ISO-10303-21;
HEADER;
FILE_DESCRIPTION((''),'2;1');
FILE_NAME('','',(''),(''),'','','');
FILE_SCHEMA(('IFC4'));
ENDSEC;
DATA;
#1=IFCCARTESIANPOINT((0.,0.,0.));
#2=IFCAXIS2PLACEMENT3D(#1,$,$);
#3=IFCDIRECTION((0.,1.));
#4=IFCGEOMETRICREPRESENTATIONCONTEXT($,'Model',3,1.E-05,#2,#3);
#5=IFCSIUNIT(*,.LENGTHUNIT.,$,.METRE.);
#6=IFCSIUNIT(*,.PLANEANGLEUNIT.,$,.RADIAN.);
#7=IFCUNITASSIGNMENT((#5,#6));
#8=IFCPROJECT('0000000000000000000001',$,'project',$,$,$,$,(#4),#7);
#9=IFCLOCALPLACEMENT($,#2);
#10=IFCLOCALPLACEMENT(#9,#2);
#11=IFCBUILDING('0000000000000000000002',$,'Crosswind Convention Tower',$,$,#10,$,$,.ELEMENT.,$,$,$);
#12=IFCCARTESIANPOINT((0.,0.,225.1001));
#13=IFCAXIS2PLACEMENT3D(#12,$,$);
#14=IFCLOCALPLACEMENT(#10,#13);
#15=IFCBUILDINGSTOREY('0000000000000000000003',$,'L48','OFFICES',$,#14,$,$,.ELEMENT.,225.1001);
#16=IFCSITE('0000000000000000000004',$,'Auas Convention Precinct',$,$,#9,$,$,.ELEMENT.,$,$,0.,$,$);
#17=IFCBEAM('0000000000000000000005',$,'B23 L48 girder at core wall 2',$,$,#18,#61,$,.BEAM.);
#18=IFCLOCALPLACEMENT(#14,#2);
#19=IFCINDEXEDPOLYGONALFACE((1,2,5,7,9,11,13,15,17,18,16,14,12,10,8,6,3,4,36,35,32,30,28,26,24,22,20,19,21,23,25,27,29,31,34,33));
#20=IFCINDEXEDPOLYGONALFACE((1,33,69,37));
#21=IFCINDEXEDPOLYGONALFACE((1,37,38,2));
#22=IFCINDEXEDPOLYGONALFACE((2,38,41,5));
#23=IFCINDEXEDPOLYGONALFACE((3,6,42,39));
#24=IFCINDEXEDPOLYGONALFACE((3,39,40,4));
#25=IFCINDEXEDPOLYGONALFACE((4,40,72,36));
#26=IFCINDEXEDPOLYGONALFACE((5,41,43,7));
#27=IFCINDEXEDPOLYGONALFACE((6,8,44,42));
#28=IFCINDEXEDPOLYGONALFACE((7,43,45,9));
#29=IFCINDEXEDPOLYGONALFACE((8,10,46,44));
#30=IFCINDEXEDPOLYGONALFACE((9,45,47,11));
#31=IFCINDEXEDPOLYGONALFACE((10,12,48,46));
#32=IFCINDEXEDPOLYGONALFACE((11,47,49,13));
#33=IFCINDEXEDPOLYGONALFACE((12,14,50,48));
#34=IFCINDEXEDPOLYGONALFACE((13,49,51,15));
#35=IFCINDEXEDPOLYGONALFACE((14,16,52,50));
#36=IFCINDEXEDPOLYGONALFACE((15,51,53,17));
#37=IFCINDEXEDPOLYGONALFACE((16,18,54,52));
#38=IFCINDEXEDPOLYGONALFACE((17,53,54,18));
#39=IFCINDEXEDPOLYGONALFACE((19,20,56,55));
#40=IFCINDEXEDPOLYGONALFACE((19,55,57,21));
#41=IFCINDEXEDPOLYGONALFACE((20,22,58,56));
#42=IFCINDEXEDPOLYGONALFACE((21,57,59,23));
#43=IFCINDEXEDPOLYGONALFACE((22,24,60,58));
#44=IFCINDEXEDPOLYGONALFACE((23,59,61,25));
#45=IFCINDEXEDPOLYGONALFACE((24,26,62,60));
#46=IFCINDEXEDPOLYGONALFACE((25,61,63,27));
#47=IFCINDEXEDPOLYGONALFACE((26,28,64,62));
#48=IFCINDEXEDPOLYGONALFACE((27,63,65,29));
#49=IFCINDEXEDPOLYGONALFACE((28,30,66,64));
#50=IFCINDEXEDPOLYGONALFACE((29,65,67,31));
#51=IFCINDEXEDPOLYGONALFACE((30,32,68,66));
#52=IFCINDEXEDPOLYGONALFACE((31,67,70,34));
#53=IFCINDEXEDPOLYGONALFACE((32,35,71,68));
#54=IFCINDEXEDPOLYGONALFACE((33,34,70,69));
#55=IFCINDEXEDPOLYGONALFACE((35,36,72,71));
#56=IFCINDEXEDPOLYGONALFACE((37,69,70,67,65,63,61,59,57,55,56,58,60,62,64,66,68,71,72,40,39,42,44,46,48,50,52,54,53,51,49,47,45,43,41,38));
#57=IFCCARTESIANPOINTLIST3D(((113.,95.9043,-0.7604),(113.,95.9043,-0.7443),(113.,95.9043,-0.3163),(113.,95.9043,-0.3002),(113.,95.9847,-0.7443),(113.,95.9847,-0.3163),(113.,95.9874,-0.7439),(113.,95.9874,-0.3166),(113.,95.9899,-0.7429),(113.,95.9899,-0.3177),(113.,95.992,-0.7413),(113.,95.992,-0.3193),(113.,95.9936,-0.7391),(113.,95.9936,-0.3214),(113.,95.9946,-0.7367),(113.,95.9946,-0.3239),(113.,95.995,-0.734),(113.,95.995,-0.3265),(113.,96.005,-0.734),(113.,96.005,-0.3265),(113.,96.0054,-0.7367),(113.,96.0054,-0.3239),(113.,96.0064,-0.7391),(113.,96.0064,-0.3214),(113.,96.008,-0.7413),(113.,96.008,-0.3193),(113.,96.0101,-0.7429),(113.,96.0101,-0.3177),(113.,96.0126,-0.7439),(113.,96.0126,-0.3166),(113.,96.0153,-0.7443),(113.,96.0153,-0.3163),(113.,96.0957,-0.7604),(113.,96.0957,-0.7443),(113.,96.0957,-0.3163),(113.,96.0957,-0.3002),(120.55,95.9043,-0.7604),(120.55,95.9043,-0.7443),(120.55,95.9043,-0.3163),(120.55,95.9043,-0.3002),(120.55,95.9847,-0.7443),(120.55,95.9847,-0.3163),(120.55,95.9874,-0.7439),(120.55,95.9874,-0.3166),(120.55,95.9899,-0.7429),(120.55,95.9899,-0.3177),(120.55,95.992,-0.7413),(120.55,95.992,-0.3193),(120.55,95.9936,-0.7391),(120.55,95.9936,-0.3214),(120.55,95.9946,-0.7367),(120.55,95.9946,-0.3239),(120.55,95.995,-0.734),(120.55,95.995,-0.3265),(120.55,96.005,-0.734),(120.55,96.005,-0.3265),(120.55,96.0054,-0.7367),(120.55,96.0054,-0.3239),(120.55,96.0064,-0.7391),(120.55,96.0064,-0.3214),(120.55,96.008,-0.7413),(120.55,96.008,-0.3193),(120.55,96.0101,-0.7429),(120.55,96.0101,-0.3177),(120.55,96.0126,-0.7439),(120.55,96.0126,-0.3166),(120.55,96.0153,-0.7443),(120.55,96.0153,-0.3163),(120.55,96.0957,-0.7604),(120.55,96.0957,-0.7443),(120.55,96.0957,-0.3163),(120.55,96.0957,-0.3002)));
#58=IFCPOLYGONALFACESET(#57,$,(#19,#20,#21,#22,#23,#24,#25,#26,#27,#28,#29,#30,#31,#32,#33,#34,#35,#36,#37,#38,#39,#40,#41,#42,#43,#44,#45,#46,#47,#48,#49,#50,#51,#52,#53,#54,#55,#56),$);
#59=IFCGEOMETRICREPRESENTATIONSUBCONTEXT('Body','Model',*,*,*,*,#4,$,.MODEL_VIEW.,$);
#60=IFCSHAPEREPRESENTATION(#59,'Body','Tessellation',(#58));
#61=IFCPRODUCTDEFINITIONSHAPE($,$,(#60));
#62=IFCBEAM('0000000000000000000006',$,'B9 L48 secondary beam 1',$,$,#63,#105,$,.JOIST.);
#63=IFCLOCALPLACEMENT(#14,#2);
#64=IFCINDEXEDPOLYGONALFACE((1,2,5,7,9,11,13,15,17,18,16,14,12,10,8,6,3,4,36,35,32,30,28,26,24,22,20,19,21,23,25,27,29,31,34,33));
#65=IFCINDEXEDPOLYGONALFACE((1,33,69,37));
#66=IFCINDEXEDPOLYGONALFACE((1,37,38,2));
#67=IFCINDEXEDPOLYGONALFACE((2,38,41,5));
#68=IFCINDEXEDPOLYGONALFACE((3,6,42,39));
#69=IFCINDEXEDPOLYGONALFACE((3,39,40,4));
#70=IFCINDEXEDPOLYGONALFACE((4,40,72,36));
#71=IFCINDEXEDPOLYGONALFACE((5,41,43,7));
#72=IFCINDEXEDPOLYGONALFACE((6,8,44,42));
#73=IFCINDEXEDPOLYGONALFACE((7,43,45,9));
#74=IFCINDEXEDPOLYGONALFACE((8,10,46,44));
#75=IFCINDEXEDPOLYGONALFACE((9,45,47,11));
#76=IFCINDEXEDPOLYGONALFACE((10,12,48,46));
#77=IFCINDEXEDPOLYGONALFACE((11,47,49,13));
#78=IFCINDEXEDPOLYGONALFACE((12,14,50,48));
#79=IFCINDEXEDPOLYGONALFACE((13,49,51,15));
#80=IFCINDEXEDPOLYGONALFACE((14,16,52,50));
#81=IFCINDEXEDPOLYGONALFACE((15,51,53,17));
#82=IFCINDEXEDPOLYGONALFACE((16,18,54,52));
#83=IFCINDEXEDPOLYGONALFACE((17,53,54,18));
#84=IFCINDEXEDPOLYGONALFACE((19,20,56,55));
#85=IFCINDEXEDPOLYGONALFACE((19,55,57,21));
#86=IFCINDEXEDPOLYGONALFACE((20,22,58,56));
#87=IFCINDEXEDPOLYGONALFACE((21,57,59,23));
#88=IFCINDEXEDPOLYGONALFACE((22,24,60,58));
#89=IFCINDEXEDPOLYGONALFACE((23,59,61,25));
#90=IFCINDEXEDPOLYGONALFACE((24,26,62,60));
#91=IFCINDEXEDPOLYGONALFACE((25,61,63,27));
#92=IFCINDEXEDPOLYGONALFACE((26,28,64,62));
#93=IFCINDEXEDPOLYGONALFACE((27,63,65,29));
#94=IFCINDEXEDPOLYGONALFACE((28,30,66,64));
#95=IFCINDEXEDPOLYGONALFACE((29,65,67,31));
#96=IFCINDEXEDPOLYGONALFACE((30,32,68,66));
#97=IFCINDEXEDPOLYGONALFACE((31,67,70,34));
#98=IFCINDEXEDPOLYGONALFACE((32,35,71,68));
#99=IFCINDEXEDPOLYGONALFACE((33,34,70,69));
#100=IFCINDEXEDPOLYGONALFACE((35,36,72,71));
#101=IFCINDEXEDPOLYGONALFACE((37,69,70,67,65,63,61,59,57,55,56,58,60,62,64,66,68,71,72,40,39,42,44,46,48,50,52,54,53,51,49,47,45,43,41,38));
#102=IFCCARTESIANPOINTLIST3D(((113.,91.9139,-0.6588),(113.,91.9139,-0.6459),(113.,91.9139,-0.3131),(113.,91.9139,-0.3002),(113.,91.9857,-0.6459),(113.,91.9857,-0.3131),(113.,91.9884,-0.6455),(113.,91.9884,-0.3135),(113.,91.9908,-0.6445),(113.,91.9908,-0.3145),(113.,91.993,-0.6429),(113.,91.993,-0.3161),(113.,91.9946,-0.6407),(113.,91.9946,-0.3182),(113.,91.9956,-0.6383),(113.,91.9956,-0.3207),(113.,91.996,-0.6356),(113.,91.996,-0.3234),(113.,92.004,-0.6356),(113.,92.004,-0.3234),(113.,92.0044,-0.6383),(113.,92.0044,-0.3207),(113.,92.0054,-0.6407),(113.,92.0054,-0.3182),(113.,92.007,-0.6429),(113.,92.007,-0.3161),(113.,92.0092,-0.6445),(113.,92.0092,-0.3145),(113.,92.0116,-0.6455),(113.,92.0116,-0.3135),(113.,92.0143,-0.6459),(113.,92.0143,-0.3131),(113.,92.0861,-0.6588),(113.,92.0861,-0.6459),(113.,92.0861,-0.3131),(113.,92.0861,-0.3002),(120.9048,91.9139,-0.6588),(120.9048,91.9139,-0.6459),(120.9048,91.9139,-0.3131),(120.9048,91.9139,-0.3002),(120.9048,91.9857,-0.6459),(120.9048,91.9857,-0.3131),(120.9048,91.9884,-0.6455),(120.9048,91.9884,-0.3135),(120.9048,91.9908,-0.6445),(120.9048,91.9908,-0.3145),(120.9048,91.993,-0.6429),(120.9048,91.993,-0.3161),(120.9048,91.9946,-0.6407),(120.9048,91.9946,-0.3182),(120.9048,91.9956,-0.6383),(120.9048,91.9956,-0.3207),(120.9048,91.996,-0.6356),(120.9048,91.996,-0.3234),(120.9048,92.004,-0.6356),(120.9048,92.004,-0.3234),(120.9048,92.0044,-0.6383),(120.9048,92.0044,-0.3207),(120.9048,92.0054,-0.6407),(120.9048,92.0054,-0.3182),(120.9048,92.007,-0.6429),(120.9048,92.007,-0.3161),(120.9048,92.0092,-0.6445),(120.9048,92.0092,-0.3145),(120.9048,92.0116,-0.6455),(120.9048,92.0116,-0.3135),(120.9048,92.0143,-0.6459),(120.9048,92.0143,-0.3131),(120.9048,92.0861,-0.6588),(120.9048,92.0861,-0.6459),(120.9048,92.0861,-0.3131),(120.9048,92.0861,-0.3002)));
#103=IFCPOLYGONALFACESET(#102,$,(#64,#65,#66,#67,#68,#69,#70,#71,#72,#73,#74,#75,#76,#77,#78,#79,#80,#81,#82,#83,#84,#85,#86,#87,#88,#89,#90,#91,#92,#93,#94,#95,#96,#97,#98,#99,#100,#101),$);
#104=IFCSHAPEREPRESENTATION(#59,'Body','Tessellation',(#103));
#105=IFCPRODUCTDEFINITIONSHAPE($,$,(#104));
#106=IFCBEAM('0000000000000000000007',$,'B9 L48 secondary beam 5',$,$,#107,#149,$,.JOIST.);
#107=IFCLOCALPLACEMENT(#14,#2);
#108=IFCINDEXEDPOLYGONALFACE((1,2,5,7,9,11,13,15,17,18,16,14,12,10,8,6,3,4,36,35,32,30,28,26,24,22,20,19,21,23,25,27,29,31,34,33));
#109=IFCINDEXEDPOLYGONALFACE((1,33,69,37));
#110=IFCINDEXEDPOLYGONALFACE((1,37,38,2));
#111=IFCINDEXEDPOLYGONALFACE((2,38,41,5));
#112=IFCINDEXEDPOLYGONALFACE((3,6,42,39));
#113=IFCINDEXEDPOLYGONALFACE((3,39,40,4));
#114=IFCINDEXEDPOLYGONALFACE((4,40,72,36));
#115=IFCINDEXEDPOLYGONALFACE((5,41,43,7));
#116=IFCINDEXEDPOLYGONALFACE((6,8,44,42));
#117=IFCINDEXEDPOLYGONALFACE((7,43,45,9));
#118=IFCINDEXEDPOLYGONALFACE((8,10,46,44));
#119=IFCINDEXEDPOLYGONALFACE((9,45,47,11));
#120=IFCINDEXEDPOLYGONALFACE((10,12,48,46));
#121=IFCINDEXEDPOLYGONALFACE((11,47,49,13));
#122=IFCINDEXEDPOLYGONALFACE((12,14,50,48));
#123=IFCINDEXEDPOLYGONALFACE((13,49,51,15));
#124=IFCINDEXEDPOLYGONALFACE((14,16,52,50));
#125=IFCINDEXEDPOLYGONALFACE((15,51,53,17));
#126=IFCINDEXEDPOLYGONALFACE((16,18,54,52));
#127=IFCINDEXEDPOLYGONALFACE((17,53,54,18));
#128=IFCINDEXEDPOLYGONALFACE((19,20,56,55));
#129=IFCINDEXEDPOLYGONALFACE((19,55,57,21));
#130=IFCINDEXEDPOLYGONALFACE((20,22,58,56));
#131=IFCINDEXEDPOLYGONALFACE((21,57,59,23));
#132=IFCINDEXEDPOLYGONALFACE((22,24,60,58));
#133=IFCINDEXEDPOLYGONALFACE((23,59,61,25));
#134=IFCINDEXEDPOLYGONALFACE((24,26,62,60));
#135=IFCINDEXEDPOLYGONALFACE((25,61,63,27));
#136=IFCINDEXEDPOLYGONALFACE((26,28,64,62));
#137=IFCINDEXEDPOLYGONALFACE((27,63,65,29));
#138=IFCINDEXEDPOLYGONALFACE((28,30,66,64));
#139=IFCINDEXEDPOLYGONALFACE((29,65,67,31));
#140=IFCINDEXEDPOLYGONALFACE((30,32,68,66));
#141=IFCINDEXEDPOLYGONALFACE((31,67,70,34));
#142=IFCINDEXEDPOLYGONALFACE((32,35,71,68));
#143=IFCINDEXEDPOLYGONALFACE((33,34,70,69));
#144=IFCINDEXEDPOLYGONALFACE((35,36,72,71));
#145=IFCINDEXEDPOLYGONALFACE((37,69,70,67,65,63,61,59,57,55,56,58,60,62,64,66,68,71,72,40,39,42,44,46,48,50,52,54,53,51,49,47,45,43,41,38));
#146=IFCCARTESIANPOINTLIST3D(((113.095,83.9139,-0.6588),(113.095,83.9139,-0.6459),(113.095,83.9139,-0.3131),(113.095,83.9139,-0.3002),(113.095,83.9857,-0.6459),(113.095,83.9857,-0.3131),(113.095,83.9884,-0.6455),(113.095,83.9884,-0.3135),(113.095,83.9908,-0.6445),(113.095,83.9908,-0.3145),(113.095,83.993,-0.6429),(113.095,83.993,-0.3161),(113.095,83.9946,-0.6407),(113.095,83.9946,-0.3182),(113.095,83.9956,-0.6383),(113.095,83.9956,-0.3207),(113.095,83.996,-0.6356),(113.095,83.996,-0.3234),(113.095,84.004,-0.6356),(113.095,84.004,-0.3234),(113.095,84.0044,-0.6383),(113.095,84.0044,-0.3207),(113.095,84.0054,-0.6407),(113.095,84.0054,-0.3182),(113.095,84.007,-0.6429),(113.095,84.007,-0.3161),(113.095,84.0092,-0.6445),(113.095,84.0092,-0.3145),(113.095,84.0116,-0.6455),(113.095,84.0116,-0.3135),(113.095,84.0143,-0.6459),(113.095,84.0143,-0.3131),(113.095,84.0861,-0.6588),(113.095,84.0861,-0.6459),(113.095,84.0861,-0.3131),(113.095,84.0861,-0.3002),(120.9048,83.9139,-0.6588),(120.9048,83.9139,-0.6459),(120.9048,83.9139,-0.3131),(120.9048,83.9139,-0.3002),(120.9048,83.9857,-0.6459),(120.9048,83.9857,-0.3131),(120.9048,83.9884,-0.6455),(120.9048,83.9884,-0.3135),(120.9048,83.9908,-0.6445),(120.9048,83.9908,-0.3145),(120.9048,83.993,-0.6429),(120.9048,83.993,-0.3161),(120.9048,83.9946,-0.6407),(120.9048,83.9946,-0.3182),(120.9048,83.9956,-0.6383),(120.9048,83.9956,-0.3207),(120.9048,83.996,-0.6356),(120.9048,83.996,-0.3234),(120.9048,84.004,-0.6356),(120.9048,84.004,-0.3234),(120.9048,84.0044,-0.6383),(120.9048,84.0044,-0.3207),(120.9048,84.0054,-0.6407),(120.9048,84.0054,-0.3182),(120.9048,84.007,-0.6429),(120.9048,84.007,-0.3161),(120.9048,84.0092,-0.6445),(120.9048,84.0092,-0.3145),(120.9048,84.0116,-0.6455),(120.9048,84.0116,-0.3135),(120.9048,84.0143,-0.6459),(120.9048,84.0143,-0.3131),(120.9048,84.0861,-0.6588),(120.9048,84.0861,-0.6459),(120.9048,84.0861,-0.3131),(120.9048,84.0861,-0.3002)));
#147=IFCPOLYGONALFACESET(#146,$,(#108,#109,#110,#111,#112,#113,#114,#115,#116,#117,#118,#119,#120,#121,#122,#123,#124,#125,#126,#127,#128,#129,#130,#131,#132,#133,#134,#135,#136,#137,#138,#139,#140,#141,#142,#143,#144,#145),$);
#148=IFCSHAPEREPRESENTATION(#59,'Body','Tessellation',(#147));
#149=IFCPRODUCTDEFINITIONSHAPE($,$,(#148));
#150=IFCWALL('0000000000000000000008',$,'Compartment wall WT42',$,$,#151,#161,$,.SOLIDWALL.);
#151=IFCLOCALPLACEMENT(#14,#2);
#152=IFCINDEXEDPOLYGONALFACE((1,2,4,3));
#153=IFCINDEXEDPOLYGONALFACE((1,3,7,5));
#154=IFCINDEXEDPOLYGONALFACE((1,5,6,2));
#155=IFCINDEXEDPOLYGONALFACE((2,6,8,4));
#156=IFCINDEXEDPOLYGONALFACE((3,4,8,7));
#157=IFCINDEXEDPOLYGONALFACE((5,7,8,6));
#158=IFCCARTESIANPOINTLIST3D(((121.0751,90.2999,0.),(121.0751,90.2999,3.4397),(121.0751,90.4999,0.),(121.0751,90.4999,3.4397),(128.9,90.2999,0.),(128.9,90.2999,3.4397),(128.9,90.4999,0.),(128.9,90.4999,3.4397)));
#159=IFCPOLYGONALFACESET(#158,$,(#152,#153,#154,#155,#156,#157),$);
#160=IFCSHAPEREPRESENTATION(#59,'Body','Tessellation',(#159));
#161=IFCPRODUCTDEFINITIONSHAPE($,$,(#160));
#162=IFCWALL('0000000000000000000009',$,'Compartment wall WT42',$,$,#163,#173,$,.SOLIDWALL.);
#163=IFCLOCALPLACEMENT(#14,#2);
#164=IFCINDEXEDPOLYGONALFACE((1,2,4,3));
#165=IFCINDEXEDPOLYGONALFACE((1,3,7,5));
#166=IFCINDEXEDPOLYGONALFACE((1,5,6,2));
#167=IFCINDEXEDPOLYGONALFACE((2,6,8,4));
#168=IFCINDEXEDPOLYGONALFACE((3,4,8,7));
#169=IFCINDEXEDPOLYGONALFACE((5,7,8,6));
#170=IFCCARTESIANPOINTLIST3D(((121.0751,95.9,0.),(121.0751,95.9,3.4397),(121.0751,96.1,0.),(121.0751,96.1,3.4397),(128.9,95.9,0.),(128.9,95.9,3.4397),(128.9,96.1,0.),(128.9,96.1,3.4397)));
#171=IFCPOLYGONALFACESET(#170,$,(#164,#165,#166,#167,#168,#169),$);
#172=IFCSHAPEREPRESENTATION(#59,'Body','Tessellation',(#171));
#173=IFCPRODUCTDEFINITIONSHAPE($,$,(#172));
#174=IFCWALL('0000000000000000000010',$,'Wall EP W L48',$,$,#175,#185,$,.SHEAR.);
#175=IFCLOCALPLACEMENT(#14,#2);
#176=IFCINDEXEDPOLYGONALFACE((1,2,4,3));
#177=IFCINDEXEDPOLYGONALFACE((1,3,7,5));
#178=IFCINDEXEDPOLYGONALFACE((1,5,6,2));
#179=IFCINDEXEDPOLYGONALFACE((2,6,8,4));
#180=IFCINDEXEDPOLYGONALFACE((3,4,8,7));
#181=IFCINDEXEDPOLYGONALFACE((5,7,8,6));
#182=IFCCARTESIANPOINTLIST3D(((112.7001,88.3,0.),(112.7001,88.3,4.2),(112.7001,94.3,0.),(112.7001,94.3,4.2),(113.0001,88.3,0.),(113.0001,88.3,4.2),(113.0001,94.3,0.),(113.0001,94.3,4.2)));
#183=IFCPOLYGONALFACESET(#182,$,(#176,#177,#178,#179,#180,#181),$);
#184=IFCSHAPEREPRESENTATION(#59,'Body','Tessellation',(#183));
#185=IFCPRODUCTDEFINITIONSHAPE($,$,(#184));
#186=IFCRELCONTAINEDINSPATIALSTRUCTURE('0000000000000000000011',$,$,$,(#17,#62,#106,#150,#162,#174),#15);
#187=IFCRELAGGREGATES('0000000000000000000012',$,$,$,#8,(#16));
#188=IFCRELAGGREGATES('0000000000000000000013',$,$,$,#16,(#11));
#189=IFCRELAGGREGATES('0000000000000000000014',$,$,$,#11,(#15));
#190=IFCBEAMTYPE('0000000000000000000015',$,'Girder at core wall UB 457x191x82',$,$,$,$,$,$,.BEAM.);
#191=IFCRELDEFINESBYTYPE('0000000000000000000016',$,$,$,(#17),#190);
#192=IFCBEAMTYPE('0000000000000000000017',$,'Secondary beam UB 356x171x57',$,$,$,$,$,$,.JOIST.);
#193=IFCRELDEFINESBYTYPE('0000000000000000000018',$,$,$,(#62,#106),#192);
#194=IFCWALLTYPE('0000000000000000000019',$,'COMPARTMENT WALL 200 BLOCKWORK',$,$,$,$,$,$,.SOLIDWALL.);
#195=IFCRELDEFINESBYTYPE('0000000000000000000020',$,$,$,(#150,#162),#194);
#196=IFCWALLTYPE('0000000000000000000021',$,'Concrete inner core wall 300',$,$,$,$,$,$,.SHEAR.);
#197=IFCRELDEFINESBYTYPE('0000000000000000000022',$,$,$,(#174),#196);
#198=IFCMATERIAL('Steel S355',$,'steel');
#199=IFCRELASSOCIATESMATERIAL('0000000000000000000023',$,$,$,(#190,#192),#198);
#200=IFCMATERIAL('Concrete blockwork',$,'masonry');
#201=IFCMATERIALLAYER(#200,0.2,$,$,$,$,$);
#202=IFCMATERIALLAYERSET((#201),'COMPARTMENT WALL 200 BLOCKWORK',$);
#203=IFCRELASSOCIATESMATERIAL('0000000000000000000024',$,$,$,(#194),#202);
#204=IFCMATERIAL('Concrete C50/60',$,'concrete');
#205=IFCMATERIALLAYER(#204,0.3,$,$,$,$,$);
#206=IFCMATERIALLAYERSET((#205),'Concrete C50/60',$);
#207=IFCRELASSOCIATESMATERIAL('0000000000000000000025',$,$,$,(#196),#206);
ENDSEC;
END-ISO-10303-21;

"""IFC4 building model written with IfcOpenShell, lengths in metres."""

from ifc_helpers import new_model, si_unit, direction, frame, frame_2d, origin, origin_2d, place, context, subcontext, project, spatial, rectangle, i_section, extrude, material, layer, layer_set, material_profile, profile_set, type_object, element, save


model = new_model("IFC4")

# Units and contexts
model_context = context("Model", 3, precision=1e-05, world=origin(), true_north=direction((0.0, 1.0)))
body_context = subcontext(model_context, "Body", "Model", "MODEL_VIEW")
ifc_project = project(units=[si_unit("LENGTHUNIT", "METRE"), si_unit("PLANEANGLEUNIT", "RADIAN")], contexts=[model_context])

# Site, building, storey
site_placement = place(None, origin())
site = spatial("IfcSite", under=ifc_project, at=site_placement, Name="Auas Convention Precinct", CompositionType="ELEMENT", RefElevation=0.0)
building_placement = place(site_placement, origin())
building = spatial("IfcBuilding", under=site, at=building_placement, Name="Crosswind Convention Tower", CompositionType="ELEMENT")
storey_placement = place(building_placement, frame((0.0, 0.0, 225.1001)))
storey = spatial("IfcBuildingStorey", under=building, at=storey_placement, Name="L48", Description="OFFICES", CompositionType="ELEMENT", Elevation=225.1001)

# Beams
ifc_material_1 = material(Name="Steel S355", Category="steel")
ifc_material_profile_1 = material_profile(ifc_material_1, i_section(OverallWidth=0.1914, OverallDepth=0.4602, WebThickness=0.01, FlangeThickness=0.0161, FilletRadius=0.0103, at=origin_2d()), Name="UB 457x191x82")
ifc_profile_set_1 = profile_set([ifc_material_profile_1], Name="Steel S355")
beam_type_1 = type_object("IfcBeamType", Name="Girder at core wall UB 457x191x82", PredefinedType="BEAM", material=ifc_profile_set_1)
for number, where, z_axis, x_axis, name in (
    (1, (113.0, 96.0, -0.5303), (1.0, 0.0, 0.0), (0.0, 1.0, 0.0), "B23 L48 girder at core wall 2"),
):
    element("IfcBeam", number, at=place(storey_placement, frame(where, z_axis=z_axis, x_axis=x_axis)), inside=storey, type_object=beam_type_1, Name=name, PredefinedType="BEAM", context=body_context, shape_type="SweptSolid", body=[
        extrude(i_section(OverallWidth=0.1914, OverallDepth=0.4602, WebThickness=0.01, FlangeThickness=0.0161, FilletRadius=0.0103, at=origin_2d()), origin(), (0.0, 0.0, 1.0), 7.55),
    ])
ifc_material_profile_2 = material_profile(ifc_material_1, i_section(OverallWidth=0.1721, OverallDepth=0.3586, WebThickness=0.0081, FlangeThickness=0.0129, FilletRadius=0.0103, at=origin_2d()), Name="UB 356x171x57")
ifc_profile_set_2 = profile_set([ifc_material_profile_2], Name="Steel S355")
beam_type_2 = type_object("IfcBeamType", Name="Secondary beam UB 356x171x57", PredefinedType="JOIST", material=ifc_profile_set_2)
beam_1_placement = place(storey_placement, frame((113.0, 92.0, -0.4795), z_axis=(1.0, 0.0, 0.0), x_axis=(0.0, 1.0, 0.0)))
element("IfcBeam", 2, at=beam_1_placement, inside=storey, type_object=beam_type_2, Name="B9 L48 secondary beam 1", PredefinedType="JOIST", context=body_context, shape_type="SweptSolid", body=[
    extrude(i_section(OverallWidth=0.1721, OverallDepth=0.3586, WebThickness=0.0081, FlangeThickness=0.0129, FilletRadius=0.0103, at=origin_2d()), origin(), (0.0, 0.0, 1.0), 7.9048),
])
beam_2_placement = place(storey_placement, frame((113.095, 84.0, -0.4795), z_axis=(1.0, 0.0, 0.0), x_axis=(0.0, 1.0, 0.0)))
element("IfcBeam", 3, at=beam_2_placement, inside=storey, type_object=beam_type_2, Name="B9 L48 secondary beam 5", PredefinedType="JOIST", context=body_context, shape_type="SweptSolid", body=[
    extrude(i_section(OverallWidth=0.1721, OverallDepth=0.3586, WebThickness=0.0081, FlangeThickness=0.0129, FilletRadius=0.0103, at=origin_2d()), origin(), (0.0, 0.0, 1.0), 7.8098),
])

# Walls
ifc_material_2 = material(Name="Concrete blockwork", Category="masonry")
ifc_layer_1 = layer(ifc_material_2, 0.2)
ifc_layer_set_1 = layer_set([ifc_layer_1], Name="COMPARTMENT WALL 200 BLOCKWORK")
wall_type_1 = type_object("IfcWallType", Name="COMPARTMENT WALL 200 BLOCKWORK", PredefinedType="SOLIDWALL", material=ifc_layer_set_1)
for number, where, z_axis, x_axis, name in (
    (4, (121.075, 90.3999, 0.0), (0.0, 0.0, 1.0), (1.0, 0.0, 0.0), "Compartment wall WT42"),
    (5, (121.075, 96.0, 0.0), (0.0, 0.0, 1.0), (1.0, 0.0, 0.0), "Compartment wall WT42"),
):
    element("IfcWall", number, at=place(storey_placement, frame(where, z_axis=z_axis, x_axis=x_axis)), inside=storey, type_object=wall_type_1, Name=name, PredefinedType="SOLIDWALL", context=body_context, shape_type="SweptSolid", body=[
        extrude(rectangle(XDim=7.825, YDim=0.2, at=frame_2d((3.9126, 0.0))), origin(), (0.0, 0.0, 1.0), 3.4397),
    ])
ifc_material_3 = material(Name="Concrete C50/60", Category="concrete")
ifc_layer_2 = layer(ifc_material_3, 0.3)
ifc_layer_set_2 = layer_set([ifc_layer_2], Name="Concrete C50/60")
wall_type_2 = type_object("IfcWallType", Name="Concrete inner core wall 300", PredefinedType="SHEAR", material=ifc_layer_set_2)
wall_1_placement = place(storey_placement, frame((112.8501, 94.3, 0.0), z_axis=(0.0, 0.0, 1.0), x_axis=(0.0, -1.0, 0.0)))
element("IfcWall", 6, at=wall_1_placement, inside=storey, type_object=wall_type_2, Name="Wall EP W L48", PredefinedType="SHEAR", context=body_context, shape_type="SweptSolid", body=[
    extrude(rectangle(XDim=6.0, YDim=0.3, at=frame_2d((3.0, 0.0))), origin(), (0.0, 0.0, 1.0), 4.2),
])

save(model, "model.ifc")
